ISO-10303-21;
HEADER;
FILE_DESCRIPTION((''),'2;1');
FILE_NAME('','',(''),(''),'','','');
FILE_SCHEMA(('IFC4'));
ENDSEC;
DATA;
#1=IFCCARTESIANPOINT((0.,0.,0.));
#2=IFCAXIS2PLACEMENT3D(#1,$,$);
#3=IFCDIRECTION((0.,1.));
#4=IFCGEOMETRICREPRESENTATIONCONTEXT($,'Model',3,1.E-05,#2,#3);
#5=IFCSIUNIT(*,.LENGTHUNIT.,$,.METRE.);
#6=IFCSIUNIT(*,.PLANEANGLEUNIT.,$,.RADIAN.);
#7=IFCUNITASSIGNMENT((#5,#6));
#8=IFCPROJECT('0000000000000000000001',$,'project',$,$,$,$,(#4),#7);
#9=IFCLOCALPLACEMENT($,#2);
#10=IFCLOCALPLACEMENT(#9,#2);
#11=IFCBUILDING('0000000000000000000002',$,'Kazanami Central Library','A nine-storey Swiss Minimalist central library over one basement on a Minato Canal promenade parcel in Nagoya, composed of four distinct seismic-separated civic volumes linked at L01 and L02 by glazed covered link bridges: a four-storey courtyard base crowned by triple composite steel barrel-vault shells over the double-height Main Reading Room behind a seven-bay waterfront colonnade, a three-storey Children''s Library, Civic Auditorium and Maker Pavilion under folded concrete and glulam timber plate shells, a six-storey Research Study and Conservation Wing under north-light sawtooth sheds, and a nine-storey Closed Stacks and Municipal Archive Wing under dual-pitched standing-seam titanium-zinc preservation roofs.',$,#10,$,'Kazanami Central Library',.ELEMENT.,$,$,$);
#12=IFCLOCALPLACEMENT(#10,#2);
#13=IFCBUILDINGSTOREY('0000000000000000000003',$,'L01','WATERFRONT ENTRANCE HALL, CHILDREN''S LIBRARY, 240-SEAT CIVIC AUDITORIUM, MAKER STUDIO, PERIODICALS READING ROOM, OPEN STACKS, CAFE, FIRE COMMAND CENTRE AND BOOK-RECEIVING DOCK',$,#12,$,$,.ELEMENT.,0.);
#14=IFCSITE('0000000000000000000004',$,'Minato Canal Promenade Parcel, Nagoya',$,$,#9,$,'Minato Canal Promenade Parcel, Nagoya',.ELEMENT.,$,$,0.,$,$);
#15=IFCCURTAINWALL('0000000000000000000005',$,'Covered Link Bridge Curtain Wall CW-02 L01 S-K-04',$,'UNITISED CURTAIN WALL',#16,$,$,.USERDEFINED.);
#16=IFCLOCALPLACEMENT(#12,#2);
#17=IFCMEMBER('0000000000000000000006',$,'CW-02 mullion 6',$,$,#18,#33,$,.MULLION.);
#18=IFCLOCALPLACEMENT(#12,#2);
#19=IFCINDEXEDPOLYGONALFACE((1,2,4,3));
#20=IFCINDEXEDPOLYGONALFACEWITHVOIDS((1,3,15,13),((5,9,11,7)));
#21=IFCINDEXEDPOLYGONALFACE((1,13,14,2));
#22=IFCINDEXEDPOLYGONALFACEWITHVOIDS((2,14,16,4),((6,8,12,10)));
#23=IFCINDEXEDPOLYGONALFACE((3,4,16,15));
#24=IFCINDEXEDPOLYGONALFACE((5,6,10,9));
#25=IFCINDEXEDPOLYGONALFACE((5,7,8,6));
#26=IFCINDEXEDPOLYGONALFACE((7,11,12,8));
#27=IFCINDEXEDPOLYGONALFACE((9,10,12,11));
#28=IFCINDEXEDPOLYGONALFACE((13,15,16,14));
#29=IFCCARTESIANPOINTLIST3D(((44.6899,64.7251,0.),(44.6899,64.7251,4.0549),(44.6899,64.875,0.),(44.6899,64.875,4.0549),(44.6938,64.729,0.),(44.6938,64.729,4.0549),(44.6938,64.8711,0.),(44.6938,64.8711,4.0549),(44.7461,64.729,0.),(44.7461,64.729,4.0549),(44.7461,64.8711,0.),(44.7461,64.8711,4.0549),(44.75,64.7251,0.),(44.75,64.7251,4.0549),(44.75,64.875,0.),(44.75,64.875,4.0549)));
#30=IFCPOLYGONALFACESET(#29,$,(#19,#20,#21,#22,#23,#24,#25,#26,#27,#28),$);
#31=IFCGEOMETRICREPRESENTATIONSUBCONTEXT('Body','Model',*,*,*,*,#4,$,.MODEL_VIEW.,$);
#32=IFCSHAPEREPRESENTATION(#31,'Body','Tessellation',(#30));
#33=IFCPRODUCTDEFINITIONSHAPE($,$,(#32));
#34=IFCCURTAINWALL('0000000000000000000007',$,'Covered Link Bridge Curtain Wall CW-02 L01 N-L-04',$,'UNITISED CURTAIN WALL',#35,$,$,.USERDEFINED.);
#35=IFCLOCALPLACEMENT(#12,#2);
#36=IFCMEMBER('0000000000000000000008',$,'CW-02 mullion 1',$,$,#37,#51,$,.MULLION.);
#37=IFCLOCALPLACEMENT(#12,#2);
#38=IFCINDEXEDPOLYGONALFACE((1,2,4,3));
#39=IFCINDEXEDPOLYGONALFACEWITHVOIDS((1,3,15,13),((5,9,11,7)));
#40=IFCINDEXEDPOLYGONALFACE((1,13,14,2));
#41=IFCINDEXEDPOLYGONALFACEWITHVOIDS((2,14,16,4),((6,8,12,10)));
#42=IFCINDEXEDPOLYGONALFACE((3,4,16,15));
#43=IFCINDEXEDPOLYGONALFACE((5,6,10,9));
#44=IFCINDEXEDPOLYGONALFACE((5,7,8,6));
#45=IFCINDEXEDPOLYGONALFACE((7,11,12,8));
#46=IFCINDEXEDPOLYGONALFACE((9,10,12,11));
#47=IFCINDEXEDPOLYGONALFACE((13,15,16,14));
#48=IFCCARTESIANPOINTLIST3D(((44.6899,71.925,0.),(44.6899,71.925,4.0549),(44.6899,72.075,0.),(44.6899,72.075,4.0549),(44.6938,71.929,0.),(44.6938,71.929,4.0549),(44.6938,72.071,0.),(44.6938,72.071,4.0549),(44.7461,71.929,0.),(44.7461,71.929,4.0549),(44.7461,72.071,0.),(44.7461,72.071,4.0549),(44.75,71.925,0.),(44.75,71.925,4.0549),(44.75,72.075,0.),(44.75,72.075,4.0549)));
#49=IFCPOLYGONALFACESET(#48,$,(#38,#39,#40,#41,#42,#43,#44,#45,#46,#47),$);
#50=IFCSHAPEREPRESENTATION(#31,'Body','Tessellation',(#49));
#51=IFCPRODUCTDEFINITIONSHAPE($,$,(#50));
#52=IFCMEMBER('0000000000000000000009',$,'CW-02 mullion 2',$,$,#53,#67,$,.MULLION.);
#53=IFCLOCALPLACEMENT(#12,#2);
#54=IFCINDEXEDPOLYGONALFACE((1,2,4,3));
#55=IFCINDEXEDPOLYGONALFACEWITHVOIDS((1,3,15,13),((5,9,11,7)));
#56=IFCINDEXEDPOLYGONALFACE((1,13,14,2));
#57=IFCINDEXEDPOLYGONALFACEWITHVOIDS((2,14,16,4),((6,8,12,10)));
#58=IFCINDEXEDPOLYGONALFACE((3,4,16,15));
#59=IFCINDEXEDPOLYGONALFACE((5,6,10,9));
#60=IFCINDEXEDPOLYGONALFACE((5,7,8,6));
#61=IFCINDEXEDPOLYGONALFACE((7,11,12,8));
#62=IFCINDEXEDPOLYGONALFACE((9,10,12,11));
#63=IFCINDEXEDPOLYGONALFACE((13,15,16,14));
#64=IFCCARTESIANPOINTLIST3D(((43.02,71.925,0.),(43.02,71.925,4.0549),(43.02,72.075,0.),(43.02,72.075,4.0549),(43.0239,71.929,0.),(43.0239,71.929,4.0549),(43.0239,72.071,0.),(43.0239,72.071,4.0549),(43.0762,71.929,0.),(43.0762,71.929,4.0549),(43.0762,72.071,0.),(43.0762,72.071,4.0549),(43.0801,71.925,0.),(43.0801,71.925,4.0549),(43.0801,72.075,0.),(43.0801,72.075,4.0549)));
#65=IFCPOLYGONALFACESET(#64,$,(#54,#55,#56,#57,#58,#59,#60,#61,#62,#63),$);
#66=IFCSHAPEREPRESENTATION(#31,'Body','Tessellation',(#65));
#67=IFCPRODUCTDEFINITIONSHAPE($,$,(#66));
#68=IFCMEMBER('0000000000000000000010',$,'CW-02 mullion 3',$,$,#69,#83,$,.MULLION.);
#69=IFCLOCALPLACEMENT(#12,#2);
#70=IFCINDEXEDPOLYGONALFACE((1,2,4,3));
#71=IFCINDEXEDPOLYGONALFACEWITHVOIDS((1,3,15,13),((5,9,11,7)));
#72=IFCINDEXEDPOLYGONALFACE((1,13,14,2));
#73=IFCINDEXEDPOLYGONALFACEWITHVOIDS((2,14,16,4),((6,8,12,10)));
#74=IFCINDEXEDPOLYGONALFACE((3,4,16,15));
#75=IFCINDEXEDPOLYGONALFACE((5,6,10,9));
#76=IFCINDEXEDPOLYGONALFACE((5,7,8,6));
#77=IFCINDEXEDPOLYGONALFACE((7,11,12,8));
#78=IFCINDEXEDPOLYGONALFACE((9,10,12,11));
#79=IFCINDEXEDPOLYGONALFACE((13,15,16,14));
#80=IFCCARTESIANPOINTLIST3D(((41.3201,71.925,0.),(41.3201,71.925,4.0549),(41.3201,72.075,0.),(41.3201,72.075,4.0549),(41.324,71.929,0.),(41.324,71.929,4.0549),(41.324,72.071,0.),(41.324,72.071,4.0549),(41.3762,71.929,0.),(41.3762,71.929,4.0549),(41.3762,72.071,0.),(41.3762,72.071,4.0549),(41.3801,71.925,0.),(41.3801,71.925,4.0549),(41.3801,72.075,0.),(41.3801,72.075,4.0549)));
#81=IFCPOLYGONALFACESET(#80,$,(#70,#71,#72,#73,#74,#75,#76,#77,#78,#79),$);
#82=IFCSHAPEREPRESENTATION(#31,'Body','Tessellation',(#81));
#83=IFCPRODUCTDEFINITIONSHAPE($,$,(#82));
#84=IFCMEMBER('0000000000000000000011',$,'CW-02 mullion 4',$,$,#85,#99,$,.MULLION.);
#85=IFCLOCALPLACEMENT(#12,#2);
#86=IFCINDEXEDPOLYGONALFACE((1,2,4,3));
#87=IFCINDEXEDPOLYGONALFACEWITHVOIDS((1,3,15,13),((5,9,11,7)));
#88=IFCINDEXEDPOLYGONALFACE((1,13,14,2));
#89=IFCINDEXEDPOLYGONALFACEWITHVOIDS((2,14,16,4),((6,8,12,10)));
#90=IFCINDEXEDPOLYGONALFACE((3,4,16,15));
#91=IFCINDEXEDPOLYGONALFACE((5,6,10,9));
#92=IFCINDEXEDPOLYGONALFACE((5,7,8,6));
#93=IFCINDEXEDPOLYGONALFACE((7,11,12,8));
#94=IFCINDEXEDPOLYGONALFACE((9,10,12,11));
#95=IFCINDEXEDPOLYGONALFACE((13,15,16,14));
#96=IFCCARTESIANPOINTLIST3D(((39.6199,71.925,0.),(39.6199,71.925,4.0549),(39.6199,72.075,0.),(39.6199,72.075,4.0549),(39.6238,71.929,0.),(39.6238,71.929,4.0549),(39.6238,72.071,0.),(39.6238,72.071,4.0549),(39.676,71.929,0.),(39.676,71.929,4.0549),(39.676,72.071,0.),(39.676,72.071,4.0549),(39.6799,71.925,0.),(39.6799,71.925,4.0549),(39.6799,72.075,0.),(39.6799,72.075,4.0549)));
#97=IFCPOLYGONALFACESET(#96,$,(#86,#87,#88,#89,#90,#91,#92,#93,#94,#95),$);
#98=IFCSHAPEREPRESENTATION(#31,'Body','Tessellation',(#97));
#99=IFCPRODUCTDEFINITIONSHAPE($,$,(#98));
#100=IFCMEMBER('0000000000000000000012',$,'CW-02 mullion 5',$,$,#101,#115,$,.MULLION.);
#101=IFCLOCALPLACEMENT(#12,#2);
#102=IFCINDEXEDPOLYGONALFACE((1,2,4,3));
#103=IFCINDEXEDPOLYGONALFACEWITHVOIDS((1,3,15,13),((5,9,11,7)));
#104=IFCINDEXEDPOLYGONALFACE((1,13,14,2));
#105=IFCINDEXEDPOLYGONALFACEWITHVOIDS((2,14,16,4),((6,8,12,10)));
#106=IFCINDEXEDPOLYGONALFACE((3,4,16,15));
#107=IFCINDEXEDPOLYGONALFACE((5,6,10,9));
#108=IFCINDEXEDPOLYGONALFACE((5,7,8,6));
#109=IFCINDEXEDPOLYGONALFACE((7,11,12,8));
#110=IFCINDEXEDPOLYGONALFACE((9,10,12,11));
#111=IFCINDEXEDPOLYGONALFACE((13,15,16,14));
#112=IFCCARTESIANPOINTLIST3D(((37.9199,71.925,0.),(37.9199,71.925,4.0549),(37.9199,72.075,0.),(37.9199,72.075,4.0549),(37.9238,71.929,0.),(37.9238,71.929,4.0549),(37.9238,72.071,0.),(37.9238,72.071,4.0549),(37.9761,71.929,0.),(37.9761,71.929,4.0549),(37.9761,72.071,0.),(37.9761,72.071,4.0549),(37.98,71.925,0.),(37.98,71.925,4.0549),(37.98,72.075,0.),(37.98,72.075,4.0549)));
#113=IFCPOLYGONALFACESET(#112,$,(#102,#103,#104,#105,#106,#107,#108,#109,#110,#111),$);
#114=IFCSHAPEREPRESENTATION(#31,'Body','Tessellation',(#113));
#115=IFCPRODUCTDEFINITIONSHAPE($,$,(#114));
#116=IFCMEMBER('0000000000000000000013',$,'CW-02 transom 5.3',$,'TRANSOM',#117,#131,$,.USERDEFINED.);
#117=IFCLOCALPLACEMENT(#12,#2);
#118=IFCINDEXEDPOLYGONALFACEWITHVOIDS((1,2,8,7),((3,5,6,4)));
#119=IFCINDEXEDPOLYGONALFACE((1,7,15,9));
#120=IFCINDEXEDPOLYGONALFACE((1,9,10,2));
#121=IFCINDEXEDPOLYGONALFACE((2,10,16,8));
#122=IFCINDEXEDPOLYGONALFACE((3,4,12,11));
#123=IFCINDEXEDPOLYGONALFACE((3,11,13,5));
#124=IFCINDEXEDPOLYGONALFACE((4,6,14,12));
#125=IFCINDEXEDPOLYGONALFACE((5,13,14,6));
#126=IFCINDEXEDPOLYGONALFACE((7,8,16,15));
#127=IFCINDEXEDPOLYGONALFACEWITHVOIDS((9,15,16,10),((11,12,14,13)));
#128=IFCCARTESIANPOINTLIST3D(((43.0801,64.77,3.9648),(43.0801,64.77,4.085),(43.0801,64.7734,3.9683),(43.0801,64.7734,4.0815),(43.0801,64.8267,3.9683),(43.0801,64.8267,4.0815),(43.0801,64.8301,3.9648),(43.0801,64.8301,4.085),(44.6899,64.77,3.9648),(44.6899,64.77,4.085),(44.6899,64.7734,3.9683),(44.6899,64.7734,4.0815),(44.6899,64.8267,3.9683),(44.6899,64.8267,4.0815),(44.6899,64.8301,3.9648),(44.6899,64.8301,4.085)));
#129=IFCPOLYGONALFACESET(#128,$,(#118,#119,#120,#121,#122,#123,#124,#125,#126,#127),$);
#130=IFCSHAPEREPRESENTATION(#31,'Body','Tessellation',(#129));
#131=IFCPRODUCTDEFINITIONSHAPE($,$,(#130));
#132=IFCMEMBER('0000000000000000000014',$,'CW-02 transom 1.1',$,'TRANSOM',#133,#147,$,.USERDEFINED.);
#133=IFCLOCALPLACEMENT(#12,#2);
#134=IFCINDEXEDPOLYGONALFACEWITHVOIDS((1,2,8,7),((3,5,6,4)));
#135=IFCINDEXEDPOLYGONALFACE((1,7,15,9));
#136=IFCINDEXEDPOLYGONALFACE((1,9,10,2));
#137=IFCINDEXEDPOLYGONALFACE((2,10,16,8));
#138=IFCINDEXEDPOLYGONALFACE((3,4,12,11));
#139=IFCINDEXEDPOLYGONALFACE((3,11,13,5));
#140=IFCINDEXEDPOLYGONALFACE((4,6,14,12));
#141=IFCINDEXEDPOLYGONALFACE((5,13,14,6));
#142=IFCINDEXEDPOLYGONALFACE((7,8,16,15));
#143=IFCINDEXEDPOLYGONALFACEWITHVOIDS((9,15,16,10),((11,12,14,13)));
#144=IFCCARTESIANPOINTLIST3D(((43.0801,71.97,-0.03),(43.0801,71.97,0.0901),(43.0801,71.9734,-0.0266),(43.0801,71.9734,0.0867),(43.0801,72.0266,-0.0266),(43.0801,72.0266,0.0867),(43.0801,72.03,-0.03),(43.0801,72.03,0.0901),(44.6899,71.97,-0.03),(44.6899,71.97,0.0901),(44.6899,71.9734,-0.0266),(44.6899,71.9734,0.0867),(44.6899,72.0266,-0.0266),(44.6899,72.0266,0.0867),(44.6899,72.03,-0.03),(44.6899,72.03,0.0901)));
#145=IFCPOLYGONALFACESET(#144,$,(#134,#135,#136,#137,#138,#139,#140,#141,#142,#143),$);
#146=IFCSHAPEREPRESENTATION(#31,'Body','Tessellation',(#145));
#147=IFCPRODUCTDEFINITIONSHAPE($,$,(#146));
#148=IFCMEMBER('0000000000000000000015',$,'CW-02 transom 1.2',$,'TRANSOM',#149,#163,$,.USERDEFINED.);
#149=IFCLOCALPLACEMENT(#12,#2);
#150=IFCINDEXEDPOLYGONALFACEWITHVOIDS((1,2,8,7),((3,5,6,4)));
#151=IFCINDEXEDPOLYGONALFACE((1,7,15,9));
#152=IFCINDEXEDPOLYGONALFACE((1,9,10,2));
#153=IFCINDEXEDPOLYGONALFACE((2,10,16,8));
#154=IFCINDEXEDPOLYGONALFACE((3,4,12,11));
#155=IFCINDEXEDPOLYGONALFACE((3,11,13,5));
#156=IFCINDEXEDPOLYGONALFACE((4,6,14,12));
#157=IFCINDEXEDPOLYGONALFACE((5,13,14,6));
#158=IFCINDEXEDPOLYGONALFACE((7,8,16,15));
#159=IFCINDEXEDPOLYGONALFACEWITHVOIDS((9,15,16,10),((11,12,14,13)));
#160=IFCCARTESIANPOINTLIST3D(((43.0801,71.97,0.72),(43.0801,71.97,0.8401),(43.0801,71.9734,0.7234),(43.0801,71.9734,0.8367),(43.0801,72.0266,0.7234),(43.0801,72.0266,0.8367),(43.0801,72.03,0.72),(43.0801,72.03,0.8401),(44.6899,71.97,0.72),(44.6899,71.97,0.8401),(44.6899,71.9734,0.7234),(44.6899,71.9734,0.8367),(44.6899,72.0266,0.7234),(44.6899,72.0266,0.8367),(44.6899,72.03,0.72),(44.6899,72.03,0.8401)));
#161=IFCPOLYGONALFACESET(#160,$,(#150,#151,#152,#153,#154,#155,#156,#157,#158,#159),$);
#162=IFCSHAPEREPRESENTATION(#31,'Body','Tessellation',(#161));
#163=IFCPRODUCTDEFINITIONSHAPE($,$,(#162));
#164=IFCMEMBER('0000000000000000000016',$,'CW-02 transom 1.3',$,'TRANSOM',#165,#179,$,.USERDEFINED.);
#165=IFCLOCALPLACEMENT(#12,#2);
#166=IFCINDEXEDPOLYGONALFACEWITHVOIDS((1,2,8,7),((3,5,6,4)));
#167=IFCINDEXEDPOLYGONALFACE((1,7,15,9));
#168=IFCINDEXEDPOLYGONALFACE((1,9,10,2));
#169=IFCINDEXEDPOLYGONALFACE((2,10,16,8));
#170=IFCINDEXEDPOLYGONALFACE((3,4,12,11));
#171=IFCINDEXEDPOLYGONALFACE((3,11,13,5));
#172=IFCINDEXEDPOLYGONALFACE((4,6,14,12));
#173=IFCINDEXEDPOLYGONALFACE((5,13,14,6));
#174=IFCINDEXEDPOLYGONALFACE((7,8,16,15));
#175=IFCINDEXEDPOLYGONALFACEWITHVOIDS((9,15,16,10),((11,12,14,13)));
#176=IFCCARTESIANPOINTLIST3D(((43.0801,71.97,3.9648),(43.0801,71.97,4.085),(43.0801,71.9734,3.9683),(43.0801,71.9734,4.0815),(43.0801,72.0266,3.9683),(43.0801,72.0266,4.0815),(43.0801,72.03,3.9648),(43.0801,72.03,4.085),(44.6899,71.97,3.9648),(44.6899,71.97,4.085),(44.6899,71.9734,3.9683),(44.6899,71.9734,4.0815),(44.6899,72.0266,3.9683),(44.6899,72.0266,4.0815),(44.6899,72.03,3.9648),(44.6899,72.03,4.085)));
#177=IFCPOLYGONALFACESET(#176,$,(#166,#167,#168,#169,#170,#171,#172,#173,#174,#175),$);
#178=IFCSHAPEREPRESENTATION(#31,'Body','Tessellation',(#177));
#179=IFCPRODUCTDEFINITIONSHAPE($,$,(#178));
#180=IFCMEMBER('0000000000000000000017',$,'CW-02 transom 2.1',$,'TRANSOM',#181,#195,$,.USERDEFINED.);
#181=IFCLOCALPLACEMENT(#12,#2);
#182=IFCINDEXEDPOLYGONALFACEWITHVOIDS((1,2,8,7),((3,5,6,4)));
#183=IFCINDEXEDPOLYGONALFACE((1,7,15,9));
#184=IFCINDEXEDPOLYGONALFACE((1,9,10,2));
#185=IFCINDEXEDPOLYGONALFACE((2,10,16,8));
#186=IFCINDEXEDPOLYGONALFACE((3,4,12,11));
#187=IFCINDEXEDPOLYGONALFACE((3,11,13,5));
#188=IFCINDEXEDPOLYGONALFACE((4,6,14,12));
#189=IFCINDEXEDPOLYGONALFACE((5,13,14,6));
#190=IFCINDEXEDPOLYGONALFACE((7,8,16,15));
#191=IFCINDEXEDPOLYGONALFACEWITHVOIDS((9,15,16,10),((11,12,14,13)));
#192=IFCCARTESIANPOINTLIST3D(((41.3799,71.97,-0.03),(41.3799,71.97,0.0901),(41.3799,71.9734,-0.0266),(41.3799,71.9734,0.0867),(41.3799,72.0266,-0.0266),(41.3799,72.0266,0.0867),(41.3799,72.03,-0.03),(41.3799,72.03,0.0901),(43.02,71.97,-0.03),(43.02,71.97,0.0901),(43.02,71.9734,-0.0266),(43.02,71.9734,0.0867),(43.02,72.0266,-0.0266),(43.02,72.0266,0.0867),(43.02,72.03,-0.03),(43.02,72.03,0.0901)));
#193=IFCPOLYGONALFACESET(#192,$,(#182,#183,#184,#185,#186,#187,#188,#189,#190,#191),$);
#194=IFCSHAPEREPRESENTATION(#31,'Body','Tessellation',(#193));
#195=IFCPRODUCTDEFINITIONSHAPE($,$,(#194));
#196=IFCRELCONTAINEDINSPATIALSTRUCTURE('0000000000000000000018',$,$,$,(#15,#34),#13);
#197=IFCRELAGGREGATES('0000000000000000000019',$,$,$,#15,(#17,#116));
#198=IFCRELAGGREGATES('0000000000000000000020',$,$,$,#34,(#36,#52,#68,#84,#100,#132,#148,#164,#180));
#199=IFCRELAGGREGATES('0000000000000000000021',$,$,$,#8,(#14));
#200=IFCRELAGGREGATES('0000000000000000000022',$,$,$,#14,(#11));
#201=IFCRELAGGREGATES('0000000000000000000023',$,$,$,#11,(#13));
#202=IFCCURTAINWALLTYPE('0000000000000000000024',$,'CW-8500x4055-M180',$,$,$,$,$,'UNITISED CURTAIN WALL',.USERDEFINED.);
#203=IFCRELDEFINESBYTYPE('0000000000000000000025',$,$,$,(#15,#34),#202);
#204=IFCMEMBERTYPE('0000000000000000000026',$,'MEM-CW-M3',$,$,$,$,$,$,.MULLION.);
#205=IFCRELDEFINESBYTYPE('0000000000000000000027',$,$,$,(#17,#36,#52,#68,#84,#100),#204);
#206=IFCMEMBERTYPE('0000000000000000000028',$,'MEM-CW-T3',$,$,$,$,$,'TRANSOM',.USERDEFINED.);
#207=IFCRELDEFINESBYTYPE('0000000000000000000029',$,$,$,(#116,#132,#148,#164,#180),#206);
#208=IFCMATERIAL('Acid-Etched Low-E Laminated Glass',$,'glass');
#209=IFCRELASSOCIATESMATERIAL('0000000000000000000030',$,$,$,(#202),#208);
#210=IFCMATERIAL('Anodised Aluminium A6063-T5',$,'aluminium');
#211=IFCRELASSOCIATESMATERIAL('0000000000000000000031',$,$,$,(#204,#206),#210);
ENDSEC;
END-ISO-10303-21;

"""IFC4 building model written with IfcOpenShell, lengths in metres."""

from ifc_helpers import new_model, si_unit, direction, frame, origin, origin_2d, place, context, subcontext, project, spatial, hollow_rectangle, extrude, material, material_profile, profile_set, type_object, element, aggregate, save


model = new_model("IFC4")

# Units and contexts
model_context = context("Model", 3, precision=1e-05, world=origin(), true_north=direction((0.0, 1.0)))
body_context = subcontext(model_context, "Body", "Model", "MODEL_VIEW")
ifc_project = project(units=[si_unit("LENGTHUNIT", "METRE"), si_unit("PLANEANGLEUNIT", "RADIAN")], contexts=[model_context])

# Site, building, storey
site_placement = place(None, origin())
site = spatial("IfcSite", under=ifc_project, at=site_placement, Name="Minato Canal Promenade Parcel, Nagoya", LongName="Minato Canal Promenade Parcel, Nagoya", CompositionType="ELEMENT", RefElevation=0.0)
building_placement = place(site_placement, origin())
building = spatial("IfcBuilding", under=site, at=building_placement, Name="Kazanami Central Library", Description="A nine-storey Swiss Minimalist central library over one basement on a Minato Canal promenade parcel in Nagoya, composed of four distinct seismic-separated civic volumes linked at L01 and L02 by glazed covered link bridges: a four-storey courtyard base crowned by triple composite steel barrel-vault shells over the double-height Main Reading Room behind a seven-bay waterfront colonnade, a three-storey Children's Library, Civic Auditorium and Maker Pavilion under folded concrete and glulam timber plate shells, a six-storey Research Study and Conservation Wing under north-light sawtooth sheds, and a nine-storey Closed Stacks and Municipal Archive Wing under dual-pitched standing-seam titanium-zinc preservation roofs.", LongName="Kazanami Central Library", CompositionType="ELEMENT")
storey_placement = place(building_placement, origin())
storey = spatial("IfcBuildingStorey", under=building, at=storey_placement, Name="L01", Description="WATERFRONT ENTRANCE HALL, CHILDREN'S LIBRARY, 240-SEAT CIVIC AUDITORIUM, MAKER STUDIO, PERIODICALS READING ROOM, OPEN STACKS, CAFE, FIRE COMMAND CENTRE AND BOOK-RECEIVING DOCK", CompositionType="ELEMENT", Elevation=0.0)

# Curtain wall, member
ifc_material_1 = material(Name="Acid-Etched Low-E Laminated Glass", Category="glass")
curtain_wall_type = type_object("IfcCurtainWallType", Name="CW-8500x4055-M180", ElementType="UNITISED CURTAIN WALL", PredefinedType="USERDEFINED", material=ifc_material_1)
curtain_wall_1_placement = place(storey_placement, origin())
curtain_wall_1 = element("IfcCurtainWall", 1, at=curtain_wall_1_placement, inside=storey, type_object=curtain_wall_type, Name="Covered Link Bridge Curtain Wall CW-02 L01 S-K-04", ObjectType="UNITISED CURTAIN WALL", PredefinedType="USERDEFINED")
ifc_material_2 = material(Name="Anodised Aluminium A6063-T5", Category="aluminium")
ifc_material_profile_1 = material_profile(ifc_material_2, hollow_rectangle(XDim=0.0601, YDim=0.1499, WallThickness=0.0039, at=origin_2d()), Name="ALU-MULL-60x150x4")
ifc_profile_set_1 = profile_set([ifc_material_profile_1], Name="Anodised Aluminium A6063-T5")
member_type_1 = type_object("IfcMemberType", Name="MEM-CW-M3", PredefinedType="MULLION", material=ifc_profile_set_1)
member_1_placement = place(storey_placement, frame((44.72, 64.8, 0.0), z_axis=(0.0, 0.0, 1.0), x_axis=(1.0, 0.0, 0.0)))
member_1 = element("IfcMember", 2, at=member_1_placement, type_object=member_type_1, Name="CW-02 mullion 6", PredefinedType="MULLION", context=body_context, shape_type="SweptSolid", body=[
    extrude(hollow_rectangle(XDim=0.0601, YDim=0.1499, WallThickness=0.0039, at=origin_2d()), origin(), (0.0, 0.0, 1.0), 4.0549),
])

# Curtain wall, members
curtain_wall_2_placement = place(storey_placement, origin())
curtain_wall_2 = element("IfcCurtainWall", 3, at=curtain_wall_2_placement, inside=storey, type_object=curtain_wall_type, Name="Covered Link Bridge Curtain Wall CW-02 L01 N-L-04", ObjectType="UNITISED CURTAIN WALL", PredefinedType="USERDEFINED")
member_2_placement = place(storey_placement, frame((44.72, 72.0, 0.0), z_axis=(0.0, 0.0, 1.0), x_axis=(-1.0, 0.0, 0.0)))
member_2 = element("IfcMember", 4, at=member_2_placement, type_object=member_type_1, Name="CW-02 mullion 1", PredefinedType="MULLION", context=body_context, shape_type="SweptSolid", body=[
    extrude(hollow_rectangle(XDim=0.0601, YDim=0.1499, WallThickness=0.0039, at=origin_2d()), origin(), (0.0, 0.0, 1.0), 4.0549),
])
member_3_placement = place(storey_placement, frame((43.05, 72.0, 0.0), z_axis=(0.0, 0.0, 1.0), x_axis=(-1.0, 0.0, 0.0)))
member_3 = element("IfcMember", 5, at=member_3_placement, type_object=member_type_1, Name="CW-02 mullion 2", PredefinedType="MULLION", context=body_context, shape_type="SweptSolid", body=[
    extrude(hollow_rectangle(XDim=0.0601, YDim=0.1499, WallThickness=0.0039, at=origin_2d()), origin(), (0.0, 0.0, 1.0), 4.0549),
])
member_4_placement = place(storey_placement, frame((41.3501, 72.0, 0.0), z_axis=(0.0, 0.0, 1.0), x_axis=(-1.0, 0.0, 0.0)))
member_4 = element("IfcMember", 6, at=member_4_placement, type_object=member_type_1, Name="CW-02 mullion 3", PredefinedType="MULLION", context=body_context, shape_type="SweptSolid", body=[
    extrude(hollow_rectangle(XDim=0.0601, YDim=0.1499, WallThickness=0.0039, at=origin_2d()), origin(), (0.0, 0.0, 1.0), 4.0549),
])
member_5_placement = place(storey_placement, frame((39.6499, 72.0, 0.0), z_axis=(0.0, 0.0, 1.0), x_axis=(-1.0, 0.0, 0.0)))
member_5 = element("IfcMember", 7, at=member_5_placement, type_object=member_type_1, Name="CW-02 mullion 4", PredefinedType="MULLION", context=body_context, shape_type="SweptSolid", body=[
    extrude(hollow_rectangle(XDim=0.0601, YDim=0.1499, WallThickness=0.0039, at=origin_2d()), origin(), (0.0, 0.0, 1.0), 4.0549),
])
member_6_placement = place(storey_placement, frame((37.95, 72.0, 0.0), z_axis=(0.0, 0.0, 1.0), x_axis=(-1.0, 0.0, 0.0)))
member_6 = element("IfcMember", 8, at=member_6_placement, type_object=member_type_1, Name="CW-02 mullion 5", PredefinedType="MULLION", context=body_context, shape_type="SweptSolid", body=[
    extrude(hollow_rectangle(XDim=0.0601, YDim=0.1499, WallThickness=0.0039, at=origin_2d()), origin(), (0.0, 0.0, 1.0), 4.0549),
])

# Members
ifc_material_profile_2 = material_profile(ifc_material_2, hollow_rectangle(XDim=0.0601, YDim=0.1201, WallThickness=0.0034, at=origin_2d()), Name="ALU-TRAN-60x120x3.5")
ifc_profile_set_2 = profile_set([ifc_material_profile_2], Name="Anodised Aluminium A6063-T5")
member_type_2 = type_object("IfcMemberType", Name="MEM-CW-T3", ElementType="TRANSOM", PredefinedType="USERDEFINED", material=ifc_profile_set_2)
member_7_placement = place(storey_placement, frame((43.0801, 64.8, 4.0249), z_axis=(1.0, 0.0, 0.0), x_axis=(0.0, 1.0, 0.0)))
member_7 = element("IfcMember", 9, at=member_7_placement, type_object=member_type_2, Name="CW-02 transom 5.3", ObjectType="TRANSOM", PredefinedType="USERDEFINED", context=body_context, shape_type="SweptSolid", body=[
    extrude(hollow_rectangle(XDim=0.0601, YDim=0.1201, WallThickness=0.0034, at=origin_2d()), origin(), (0.0, 0.0, 1.0), 1.6099),
])
member_8_placement = place(storey_placement, frame((44.6899, 72.0, 0.03), z_axis=(-1.0, 0.0, 0.0), x_axis=(0.0, -1.0, 0.0)))
member_8 = element("IfcMember", 10, at=member_8_placement, type_object=member_type_2, Name="CW-02 transom 1.1", ObjectType="TRANSOM", PredefinedType="USERDEFINED", context=body_context, shape_type="SweptSolid", body=[
    extrude(hollow_rectangle(XDim=0.0601, YDim=0.1201, WallThickness=0.0034, at=origin_2d()), origin(), (0.0, 0.0, 1.0), 1.6099),
])
member_9_placement = place(storey_placement, frame((44.6899, 72.0, 0.78), z_axis=(-1.0, 0.0, 0.0), x_axis=(0.0, -1.0, 0.0)))
member_9 = element("IfcMember", 11, at=member_9_placement, type_object=member_type_2, Name="CW-02 transom 1.2", ObjectType="TRANSOM", PredefinedType="USERDEFINED", context=body_context, shape_type="SweptSolid", body=[
    extrude(hollow_rectangle(XDim=0.0601, YDim=0.1201, WallThickness=0.0034, at=origin_2d()), origin(), (0.0, 0.0, 1.0), 1.6099),
])
member_10_placement = place(storey_placement, frame((44.6899, 72.0, 4.0249), z_axis=(-1.0, 0.0, 0.0), x_axis=(0.0, -1.0, 0.0)))
member_10 = element("IfcMember", 12, at=member_10_placement, type_object=member_type_2, Name="CW-02 transom 1.3", ObjectType="TRANSOM", PredefinedType="USERDEFINED", context=body_context, shape_type="SweptSolid", body=[
    extrude(hollow_rectangle(XDim=0.0601, YDim=0.1201, WallThickness=0.0034, at=origin_2d()), origin(), (0.0, 0.0, 1.0), 1.6099),
])
member_11_placement = place(storey_placement, frame((43.02, 72.0, 0.03), z_axis=(-1.0, 0.0, 0.0), x_axis=(0.0, -1.0, 0.0)))
member_11 = element("IfcMember", 13, at=member_11_placement, type_object=member_type_2, Name="CW-02 transom 2.1", ObjectType="TRANSOM", PredefinedType="USERDEFINED", context=body_context, shape_type="SweptSolid", body=[
    extrude(hollow_rectangle(XDim=0.0601, YDim=0.1201, WallThickness=0.0034, at=origin_2d()), origin(), (0.0, 0.0, 1.0), 1.6401),
])

aggregate(curtain_wall_1, [member_1, member_7])
aggregate(curtain_wall_2, [member_2, member_3, member_4, member_5, member_6, member_8, member_9, member_10, member_11])

save(model, "model.ifc")
